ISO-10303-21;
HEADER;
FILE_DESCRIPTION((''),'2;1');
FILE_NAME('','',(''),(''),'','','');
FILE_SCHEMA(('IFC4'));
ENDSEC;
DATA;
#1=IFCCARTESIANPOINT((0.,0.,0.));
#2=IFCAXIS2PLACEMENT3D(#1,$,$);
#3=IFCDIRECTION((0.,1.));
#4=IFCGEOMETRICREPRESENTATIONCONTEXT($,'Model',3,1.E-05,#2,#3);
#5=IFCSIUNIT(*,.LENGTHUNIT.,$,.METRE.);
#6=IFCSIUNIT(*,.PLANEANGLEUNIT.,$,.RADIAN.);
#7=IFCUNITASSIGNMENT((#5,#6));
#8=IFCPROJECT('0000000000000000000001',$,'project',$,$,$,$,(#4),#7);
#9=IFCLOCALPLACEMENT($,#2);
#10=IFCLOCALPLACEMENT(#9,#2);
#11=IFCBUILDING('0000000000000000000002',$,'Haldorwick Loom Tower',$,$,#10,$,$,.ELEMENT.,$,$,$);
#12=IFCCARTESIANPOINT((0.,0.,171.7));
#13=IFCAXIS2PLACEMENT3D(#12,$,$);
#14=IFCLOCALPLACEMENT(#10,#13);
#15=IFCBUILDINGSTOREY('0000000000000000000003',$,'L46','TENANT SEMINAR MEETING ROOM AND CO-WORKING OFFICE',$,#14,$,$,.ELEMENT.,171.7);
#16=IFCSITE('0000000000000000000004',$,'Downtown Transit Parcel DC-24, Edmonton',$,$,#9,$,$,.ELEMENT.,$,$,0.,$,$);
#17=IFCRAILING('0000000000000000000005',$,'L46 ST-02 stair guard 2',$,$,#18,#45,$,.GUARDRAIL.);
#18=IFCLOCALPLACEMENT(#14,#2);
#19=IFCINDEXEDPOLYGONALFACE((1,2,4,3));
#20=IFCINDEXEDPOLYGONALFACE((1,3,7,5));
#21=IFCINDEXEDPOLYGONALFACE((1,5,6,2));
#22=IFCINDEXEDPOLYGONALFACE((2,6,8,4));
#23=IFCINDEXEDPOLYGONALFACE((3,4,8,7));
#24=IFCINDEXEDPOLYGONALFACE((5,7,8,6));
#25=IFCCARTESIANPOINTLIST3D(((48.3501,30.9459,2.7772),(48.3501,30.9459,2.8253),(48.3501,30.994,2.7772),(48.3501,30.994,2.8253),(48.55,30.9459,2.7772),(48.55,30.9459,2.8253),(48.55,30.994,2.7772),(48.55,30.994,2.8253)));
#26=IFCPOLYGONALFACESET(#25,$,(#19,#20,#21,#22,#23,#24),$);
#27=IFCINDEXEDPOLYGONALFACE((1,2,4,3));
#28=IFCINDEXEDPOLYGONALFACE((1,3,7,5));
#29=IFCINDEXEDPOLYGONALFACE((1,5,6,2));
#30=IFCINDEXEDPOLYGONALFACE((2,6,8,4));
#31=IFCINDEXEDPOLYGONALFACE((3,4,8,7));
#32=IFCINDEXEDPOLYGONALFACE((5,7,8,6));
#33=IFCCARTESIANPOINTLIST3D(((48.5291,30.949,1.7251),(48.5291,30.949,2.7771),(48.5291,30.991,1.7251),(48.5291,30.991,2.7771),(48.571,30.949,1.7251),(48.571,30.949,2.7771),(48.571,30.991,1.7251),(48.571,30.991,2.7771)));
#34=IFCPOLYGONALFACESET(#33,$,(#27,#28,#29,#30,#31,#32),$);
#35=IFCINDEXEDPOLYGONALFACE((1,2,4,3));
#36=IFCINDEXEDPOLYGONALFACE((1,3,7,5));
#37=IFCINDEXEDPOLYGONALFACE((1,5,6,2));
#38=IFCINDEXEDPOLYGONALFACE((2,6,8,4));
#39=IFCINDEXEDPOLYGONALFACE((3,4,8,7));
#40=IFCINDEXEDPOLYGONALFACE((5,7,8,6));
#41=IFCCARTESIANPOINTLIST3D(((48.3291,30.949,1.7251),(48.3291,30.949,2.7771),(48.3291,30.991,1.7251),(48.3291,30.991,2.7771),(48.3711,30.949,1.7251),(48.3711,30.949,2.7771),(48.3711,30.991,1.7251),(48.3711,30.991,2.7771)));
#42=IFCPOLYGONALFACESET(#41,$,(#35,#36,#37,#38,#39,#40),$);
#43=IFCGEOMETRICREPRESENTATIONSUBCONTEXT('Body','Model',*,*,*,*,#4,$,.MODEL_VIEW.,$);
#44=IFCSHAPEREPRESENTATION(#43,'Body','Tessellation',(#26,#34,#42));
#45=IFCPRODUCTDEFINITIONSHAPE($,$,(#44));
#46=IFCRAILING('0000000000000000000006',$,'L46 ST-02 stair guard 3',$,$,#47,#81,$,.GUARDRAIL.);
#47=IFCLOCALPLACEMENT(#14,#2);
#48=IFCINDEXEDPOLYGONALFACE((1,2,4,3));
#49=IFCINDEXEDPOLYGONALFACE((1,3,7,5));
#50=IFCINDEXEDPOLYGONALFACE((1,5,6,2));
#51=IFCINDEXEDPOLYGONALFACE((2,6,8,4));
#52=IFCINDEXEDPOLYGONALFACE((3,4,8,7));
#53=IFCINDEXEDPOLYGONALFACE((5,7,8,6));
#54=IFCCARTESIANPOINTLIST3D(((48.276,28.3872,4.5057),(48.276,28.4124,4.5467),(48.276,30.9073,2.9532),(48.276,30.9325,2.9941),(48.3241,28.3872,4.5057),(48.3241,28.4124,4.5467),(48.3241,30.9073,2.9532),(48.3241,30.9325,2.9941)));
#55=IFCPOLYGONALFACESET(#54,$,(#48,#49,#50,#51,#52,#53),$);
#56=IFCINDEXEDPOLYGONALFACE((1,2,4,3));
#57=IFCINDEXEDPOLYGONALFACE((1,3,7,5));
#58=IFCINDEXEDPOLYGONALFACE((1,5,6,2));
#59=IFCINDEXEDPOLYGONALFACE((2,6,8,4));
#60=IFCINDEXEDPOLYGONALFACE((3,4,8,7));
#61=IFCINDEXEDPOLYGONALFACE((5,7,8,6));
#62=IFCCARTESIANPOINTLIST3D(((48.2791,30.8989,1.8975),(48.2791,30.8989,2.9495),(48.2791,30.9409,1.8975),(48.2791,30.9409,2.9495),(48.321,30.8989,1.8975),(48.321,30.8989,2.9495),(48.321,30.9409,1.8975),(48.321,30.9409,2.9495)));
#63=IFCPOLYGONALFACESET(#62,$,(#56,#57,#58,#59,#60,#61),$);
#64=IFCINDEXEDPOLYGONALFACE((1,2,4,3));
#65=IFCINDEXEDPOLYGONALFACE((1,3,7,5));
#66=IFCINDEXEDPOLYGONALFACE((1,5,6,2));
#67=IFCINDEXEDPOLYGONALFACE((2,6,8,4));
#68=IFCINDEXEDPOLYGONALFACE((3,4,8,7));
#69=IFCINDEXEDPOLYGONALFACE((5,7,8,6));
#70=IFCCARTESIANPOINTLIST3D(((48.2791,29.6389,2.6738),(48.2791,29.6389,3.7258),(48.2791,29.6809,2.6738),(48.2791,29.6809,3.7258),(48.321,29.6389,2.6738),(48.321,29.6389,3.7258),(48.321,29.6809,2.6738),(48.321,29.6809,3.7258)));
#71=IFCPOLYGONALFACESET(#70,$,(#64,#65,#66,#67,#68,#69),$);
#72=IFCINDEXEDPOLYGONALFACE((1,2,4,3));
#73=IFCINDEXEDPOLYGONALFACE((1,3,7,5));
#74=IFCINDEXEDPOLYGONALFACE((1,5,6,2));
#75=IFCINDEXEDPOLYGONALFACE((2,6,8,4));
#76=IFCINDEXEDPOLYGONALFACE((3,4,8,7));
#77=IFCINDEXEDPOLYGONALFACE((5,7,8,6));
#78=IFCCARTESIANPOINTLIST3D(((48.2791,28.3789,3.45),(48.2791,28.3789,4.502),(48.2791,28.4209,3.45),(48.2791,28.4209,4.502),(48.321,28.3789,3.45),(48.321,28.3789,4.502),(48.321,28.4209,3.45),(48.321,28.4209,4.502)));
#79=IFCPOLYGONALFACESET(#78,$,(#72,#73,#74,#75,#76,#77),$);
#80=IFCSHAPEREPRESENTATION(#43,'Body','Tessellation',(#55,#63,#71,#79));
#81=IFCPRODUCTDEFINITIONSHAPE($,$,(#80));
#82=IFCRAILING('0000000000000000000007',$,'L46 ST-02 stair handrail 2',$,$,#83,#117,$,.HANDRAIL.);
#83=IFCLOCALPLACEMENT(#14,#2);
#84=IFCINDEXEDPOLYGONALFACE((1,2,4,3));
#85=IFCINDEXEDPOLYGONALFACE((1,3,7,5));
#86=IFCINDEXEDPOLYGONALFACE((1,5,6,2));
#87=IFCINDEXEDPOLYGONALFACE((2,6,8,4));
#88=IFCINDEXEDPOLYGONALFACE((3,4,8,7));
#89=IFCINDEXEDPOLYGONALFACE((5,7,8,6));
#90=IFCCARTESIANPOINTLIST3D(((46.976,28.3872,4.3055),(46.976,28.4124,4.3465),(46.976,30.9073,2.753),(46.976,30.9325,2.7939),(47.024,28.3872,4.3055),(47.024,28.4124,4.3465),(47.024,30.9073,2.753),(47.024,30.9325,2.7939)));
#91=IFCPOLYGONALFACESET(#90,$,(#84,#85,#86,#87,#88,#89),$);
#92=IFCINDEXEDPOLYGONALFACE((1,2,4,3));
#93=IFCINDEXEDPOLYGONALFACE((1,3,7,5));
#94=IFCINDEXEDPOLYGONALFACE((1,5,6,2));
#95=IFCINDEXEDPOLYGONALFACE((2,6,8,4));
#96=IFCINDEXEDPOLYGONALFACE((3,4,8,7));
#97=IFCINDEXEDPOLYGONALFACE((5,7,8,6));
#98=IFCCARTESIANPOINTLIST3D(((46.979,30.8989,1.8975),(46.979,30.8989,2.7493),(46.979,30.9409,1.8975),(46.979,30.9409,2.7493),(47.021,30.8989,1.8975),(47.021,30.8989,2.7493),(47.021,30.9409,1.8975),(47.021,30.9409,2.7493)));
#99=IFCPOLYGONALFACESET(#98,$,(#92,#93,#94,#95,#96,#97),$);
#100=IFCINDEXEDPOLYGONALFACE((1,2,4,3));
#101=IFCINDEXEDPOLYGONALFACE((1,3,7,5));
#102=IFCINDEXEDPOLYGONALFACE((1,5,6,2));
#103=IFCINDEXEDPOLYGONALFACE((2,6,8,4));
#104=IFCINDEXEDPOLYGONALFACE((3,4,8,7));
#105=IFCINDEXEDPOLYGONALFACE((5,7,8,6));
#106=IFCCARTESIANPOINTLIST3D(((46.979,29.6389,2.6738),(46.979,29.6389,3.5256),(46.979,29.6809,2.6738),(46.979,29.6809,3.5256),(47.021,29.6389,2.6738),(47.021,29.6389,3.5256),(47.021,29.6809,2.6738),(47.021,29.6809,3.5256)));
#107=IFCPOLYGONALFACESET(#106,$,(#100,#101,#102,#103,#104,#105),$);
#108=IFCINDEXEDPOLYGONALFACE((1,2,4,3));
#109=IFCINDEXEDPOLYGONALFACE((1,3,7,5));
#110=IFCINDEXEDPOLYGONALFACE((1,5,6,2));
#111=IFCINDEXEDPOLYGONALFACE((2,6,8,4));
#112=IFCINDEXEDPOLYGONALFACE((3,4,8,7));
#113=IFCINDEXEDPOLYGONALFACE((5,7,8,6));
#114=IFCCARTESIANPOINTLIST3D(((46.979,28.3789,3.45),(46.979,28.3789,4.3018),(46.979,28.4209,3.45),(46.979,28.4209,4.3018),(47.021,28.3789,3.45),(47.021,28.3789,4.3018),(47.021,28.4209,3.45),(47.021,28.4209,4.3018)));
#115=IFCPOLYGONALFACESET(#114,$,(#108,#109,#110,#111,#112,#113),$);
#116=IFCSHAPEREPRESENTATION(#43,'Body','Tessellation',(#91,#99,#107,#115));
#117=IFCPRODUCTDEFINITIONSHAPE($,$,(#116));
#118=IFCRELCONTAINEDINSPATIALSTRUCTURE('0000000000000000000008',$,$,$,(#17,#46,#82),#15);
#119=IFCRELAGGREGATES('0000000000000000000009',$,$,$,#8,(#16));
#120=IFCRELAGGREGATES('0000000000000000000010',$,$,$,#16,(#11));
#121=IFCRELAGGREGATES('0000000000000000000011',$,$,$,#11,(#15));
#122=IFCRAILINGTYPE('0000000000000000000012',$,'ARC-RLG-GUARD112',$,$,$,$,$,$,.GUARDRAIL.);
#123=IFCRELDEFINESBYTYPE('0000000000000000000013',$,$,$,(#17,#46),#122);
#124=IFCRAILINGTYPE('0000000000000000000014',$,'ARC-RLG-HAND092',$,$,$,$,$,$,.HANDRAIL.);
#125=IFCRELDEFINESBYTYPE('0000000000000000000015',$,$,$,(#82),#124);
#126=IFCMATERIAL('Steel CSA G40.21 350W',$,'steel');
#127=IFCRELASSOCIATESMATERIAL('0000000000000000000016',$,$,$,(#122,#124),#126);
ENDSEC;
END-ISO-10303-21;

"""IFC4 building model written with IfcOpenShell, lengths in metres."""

from ifc_helpers import new_model, si_unit, direction, frame, origin, origin_2d, place, context, subcontext, project, spatial, rectangle, extrude, material, type_object, element, save


model = new_model("IFC4")

# Units and contexts
model_context = context("Model", 3, precision=1e-05, world=origin(), true_north=direction((0.0, 1.0)))
body_context = subcontext(model_context, "Body", "Model", "MODEL_VIEW")
ifc_project = project(units=[si_unit("LENGTHUNIT", "METRE"), si_unit("PLANEANGLEUNIT", "RADIAN")], contexts=[model_context])

# Site, building, storey
site_placement = place(None, origin())
site = spatial("IfcSite", under=ifc_project, at=site_placement, Name="Downtown Transit Parcel DC-24, Edmonton", CompositionType="ELEMENT", RefElevation=0.0)
building_placement = place(site_placement, origin())
building = spatial("IfcBuilding", under=site, at=building_placement, Name="Haldorwick Loom Tower", CompositionType="ELEMENT")
storey_placement = place(building_placement, frame((0.0, 0.0, 171.7)))
storey = spatial("IfcBuildingStorey", under=building, at=storey_placement, Name="L46", Description="TENANT SEMINAR MEETING ROOM AND CO-WORKING OFFICE", CompositionType="ELEMENT", Elevation=171.7)

# Shared definitions
ifc_material_1 = material(Name="Steel CSA G40.21 350W", Category="steel")

# Railings
railing_type_1 = type_object("IfcRailingType", Name="ARC-RLG-GUARD112", PredefinedType="GUARDRAIL", material=ifc_material_1)
railing_1_placement = place(storey_placement, frame((48.55, 30.97, 1.7251)))
element("IfcRailing", 1, at=railing_1_placement, inside=storey, type_object=railing_type_1, Name="L46 ST-02 stair guard 2", PredefinedType="GUARDRAIL", context=body_context, shape_type="SweptSolid", body=[
    extrude(rectangle(XDim=0.0481, YDim=0.0481, at=origin_2d()), frame((0.0, 0.0, 1.0762), z_axis=(-1.0, 0.0, 0.0), x_axis=(0.0, -1.0, 0.0)), (0.0, 0.0, 1.0), 0.2),
    extrude(rectangle(XDim=0.042, YDim=0.042, at=origin_2d()), origin(), (0.0, 0.0, 1.0), 1.052),
    extrude(rectangle(XDim=0.042, YDim=0.042, at=origin_2d()), frame((-0.2, 0.0, 0.0)), (0.0, 0.0, 1.0), 1.052),
])
railing_2_placement = place(storey_placement, frame((48.3, 30.9199, 1.8975)))
element("IfcRailing", 2, at=railing_2_placement, inside=storey, type_object=railing_type_1, Name="L46 ST-02 stair guard 3", PredefinedType="GUARDRAIL", context=body_context, shape_type="SweptSolid", body=[
    extrude(rectangle(XDim=0.0481, YDim=0.0481, at=origin_2d()), frame((0.0, 0.0, 1.0762), z_axis=(0.0, -0.8514, 0.524516), x_axis=(1.0, 0.0, 0.0)), (0.0, 0.0, 1.0), 2.96),
    extrude(rectangle(XDim=0.042, YDim=0.042, at=origin_2d()), origin(), (0.0, 0.0, 1.0), 1.052),
    extrude(rectangle(XDim=0.042, YDim=0.042, at=origin_2d()), frame((0.0, -1.26, 0.7764)), (0.0, 0.0, 1.0), 1.052),
    extrude(rectangle(XDim=0.042, YDim=0.042, at=origin_2d()), frame((0.0, -2.52, 1.5525)), (0.0, 0.0, 1.0), 1.052),
])
railing_type_2 = type_object("IfcRailingType", Name="ARC-RLG-HAND092", PredefinedType="HANDRAIL", material=ifc_material_1)
railing_3_placement = place(storey_placement, frame((47.0, 30.9199, 1.8975)))
element("IfcRailing", 3, at=railing_3_placement, inside=storey, type_object=railing_type_2, Name="L46 ST-02 stair handrail 2", PredefinedType="HANDRAIL", context=body_context, shape_type="SweptSolid", body=[
    extrude(rectangle(XDim=0.0481, YDim=0.0481, at=origin_2d()), frame((0.0, 0.0, 0.876), z_axis=(0.0, -0.8514, 0.524516), x_axis=(1.0, 0.0, 0.0)), (0.0, 0.0, 1.0), 2.96),
    extrude(rectangle(XDim=0.042, YDim=0.042, at=origin_2d()), origin(), (0.0, 0.0, 1.0), 0.8518),
    extrude(rectangle(XDim=0.042, YDim=0.042, at=origin_2d()), frame((0.0, -1.26, 0.7764)), (0.0, 0.0, 1.0), 0.8518),
    extrude(rectangle(XDim=0.042, YDim=0.042, at=origin_2d()), frame((0.0, -2.52, 1.5525)), (0.0, 0.0, 1.0), 0.8518),
])

save(model, "model.ifc")
